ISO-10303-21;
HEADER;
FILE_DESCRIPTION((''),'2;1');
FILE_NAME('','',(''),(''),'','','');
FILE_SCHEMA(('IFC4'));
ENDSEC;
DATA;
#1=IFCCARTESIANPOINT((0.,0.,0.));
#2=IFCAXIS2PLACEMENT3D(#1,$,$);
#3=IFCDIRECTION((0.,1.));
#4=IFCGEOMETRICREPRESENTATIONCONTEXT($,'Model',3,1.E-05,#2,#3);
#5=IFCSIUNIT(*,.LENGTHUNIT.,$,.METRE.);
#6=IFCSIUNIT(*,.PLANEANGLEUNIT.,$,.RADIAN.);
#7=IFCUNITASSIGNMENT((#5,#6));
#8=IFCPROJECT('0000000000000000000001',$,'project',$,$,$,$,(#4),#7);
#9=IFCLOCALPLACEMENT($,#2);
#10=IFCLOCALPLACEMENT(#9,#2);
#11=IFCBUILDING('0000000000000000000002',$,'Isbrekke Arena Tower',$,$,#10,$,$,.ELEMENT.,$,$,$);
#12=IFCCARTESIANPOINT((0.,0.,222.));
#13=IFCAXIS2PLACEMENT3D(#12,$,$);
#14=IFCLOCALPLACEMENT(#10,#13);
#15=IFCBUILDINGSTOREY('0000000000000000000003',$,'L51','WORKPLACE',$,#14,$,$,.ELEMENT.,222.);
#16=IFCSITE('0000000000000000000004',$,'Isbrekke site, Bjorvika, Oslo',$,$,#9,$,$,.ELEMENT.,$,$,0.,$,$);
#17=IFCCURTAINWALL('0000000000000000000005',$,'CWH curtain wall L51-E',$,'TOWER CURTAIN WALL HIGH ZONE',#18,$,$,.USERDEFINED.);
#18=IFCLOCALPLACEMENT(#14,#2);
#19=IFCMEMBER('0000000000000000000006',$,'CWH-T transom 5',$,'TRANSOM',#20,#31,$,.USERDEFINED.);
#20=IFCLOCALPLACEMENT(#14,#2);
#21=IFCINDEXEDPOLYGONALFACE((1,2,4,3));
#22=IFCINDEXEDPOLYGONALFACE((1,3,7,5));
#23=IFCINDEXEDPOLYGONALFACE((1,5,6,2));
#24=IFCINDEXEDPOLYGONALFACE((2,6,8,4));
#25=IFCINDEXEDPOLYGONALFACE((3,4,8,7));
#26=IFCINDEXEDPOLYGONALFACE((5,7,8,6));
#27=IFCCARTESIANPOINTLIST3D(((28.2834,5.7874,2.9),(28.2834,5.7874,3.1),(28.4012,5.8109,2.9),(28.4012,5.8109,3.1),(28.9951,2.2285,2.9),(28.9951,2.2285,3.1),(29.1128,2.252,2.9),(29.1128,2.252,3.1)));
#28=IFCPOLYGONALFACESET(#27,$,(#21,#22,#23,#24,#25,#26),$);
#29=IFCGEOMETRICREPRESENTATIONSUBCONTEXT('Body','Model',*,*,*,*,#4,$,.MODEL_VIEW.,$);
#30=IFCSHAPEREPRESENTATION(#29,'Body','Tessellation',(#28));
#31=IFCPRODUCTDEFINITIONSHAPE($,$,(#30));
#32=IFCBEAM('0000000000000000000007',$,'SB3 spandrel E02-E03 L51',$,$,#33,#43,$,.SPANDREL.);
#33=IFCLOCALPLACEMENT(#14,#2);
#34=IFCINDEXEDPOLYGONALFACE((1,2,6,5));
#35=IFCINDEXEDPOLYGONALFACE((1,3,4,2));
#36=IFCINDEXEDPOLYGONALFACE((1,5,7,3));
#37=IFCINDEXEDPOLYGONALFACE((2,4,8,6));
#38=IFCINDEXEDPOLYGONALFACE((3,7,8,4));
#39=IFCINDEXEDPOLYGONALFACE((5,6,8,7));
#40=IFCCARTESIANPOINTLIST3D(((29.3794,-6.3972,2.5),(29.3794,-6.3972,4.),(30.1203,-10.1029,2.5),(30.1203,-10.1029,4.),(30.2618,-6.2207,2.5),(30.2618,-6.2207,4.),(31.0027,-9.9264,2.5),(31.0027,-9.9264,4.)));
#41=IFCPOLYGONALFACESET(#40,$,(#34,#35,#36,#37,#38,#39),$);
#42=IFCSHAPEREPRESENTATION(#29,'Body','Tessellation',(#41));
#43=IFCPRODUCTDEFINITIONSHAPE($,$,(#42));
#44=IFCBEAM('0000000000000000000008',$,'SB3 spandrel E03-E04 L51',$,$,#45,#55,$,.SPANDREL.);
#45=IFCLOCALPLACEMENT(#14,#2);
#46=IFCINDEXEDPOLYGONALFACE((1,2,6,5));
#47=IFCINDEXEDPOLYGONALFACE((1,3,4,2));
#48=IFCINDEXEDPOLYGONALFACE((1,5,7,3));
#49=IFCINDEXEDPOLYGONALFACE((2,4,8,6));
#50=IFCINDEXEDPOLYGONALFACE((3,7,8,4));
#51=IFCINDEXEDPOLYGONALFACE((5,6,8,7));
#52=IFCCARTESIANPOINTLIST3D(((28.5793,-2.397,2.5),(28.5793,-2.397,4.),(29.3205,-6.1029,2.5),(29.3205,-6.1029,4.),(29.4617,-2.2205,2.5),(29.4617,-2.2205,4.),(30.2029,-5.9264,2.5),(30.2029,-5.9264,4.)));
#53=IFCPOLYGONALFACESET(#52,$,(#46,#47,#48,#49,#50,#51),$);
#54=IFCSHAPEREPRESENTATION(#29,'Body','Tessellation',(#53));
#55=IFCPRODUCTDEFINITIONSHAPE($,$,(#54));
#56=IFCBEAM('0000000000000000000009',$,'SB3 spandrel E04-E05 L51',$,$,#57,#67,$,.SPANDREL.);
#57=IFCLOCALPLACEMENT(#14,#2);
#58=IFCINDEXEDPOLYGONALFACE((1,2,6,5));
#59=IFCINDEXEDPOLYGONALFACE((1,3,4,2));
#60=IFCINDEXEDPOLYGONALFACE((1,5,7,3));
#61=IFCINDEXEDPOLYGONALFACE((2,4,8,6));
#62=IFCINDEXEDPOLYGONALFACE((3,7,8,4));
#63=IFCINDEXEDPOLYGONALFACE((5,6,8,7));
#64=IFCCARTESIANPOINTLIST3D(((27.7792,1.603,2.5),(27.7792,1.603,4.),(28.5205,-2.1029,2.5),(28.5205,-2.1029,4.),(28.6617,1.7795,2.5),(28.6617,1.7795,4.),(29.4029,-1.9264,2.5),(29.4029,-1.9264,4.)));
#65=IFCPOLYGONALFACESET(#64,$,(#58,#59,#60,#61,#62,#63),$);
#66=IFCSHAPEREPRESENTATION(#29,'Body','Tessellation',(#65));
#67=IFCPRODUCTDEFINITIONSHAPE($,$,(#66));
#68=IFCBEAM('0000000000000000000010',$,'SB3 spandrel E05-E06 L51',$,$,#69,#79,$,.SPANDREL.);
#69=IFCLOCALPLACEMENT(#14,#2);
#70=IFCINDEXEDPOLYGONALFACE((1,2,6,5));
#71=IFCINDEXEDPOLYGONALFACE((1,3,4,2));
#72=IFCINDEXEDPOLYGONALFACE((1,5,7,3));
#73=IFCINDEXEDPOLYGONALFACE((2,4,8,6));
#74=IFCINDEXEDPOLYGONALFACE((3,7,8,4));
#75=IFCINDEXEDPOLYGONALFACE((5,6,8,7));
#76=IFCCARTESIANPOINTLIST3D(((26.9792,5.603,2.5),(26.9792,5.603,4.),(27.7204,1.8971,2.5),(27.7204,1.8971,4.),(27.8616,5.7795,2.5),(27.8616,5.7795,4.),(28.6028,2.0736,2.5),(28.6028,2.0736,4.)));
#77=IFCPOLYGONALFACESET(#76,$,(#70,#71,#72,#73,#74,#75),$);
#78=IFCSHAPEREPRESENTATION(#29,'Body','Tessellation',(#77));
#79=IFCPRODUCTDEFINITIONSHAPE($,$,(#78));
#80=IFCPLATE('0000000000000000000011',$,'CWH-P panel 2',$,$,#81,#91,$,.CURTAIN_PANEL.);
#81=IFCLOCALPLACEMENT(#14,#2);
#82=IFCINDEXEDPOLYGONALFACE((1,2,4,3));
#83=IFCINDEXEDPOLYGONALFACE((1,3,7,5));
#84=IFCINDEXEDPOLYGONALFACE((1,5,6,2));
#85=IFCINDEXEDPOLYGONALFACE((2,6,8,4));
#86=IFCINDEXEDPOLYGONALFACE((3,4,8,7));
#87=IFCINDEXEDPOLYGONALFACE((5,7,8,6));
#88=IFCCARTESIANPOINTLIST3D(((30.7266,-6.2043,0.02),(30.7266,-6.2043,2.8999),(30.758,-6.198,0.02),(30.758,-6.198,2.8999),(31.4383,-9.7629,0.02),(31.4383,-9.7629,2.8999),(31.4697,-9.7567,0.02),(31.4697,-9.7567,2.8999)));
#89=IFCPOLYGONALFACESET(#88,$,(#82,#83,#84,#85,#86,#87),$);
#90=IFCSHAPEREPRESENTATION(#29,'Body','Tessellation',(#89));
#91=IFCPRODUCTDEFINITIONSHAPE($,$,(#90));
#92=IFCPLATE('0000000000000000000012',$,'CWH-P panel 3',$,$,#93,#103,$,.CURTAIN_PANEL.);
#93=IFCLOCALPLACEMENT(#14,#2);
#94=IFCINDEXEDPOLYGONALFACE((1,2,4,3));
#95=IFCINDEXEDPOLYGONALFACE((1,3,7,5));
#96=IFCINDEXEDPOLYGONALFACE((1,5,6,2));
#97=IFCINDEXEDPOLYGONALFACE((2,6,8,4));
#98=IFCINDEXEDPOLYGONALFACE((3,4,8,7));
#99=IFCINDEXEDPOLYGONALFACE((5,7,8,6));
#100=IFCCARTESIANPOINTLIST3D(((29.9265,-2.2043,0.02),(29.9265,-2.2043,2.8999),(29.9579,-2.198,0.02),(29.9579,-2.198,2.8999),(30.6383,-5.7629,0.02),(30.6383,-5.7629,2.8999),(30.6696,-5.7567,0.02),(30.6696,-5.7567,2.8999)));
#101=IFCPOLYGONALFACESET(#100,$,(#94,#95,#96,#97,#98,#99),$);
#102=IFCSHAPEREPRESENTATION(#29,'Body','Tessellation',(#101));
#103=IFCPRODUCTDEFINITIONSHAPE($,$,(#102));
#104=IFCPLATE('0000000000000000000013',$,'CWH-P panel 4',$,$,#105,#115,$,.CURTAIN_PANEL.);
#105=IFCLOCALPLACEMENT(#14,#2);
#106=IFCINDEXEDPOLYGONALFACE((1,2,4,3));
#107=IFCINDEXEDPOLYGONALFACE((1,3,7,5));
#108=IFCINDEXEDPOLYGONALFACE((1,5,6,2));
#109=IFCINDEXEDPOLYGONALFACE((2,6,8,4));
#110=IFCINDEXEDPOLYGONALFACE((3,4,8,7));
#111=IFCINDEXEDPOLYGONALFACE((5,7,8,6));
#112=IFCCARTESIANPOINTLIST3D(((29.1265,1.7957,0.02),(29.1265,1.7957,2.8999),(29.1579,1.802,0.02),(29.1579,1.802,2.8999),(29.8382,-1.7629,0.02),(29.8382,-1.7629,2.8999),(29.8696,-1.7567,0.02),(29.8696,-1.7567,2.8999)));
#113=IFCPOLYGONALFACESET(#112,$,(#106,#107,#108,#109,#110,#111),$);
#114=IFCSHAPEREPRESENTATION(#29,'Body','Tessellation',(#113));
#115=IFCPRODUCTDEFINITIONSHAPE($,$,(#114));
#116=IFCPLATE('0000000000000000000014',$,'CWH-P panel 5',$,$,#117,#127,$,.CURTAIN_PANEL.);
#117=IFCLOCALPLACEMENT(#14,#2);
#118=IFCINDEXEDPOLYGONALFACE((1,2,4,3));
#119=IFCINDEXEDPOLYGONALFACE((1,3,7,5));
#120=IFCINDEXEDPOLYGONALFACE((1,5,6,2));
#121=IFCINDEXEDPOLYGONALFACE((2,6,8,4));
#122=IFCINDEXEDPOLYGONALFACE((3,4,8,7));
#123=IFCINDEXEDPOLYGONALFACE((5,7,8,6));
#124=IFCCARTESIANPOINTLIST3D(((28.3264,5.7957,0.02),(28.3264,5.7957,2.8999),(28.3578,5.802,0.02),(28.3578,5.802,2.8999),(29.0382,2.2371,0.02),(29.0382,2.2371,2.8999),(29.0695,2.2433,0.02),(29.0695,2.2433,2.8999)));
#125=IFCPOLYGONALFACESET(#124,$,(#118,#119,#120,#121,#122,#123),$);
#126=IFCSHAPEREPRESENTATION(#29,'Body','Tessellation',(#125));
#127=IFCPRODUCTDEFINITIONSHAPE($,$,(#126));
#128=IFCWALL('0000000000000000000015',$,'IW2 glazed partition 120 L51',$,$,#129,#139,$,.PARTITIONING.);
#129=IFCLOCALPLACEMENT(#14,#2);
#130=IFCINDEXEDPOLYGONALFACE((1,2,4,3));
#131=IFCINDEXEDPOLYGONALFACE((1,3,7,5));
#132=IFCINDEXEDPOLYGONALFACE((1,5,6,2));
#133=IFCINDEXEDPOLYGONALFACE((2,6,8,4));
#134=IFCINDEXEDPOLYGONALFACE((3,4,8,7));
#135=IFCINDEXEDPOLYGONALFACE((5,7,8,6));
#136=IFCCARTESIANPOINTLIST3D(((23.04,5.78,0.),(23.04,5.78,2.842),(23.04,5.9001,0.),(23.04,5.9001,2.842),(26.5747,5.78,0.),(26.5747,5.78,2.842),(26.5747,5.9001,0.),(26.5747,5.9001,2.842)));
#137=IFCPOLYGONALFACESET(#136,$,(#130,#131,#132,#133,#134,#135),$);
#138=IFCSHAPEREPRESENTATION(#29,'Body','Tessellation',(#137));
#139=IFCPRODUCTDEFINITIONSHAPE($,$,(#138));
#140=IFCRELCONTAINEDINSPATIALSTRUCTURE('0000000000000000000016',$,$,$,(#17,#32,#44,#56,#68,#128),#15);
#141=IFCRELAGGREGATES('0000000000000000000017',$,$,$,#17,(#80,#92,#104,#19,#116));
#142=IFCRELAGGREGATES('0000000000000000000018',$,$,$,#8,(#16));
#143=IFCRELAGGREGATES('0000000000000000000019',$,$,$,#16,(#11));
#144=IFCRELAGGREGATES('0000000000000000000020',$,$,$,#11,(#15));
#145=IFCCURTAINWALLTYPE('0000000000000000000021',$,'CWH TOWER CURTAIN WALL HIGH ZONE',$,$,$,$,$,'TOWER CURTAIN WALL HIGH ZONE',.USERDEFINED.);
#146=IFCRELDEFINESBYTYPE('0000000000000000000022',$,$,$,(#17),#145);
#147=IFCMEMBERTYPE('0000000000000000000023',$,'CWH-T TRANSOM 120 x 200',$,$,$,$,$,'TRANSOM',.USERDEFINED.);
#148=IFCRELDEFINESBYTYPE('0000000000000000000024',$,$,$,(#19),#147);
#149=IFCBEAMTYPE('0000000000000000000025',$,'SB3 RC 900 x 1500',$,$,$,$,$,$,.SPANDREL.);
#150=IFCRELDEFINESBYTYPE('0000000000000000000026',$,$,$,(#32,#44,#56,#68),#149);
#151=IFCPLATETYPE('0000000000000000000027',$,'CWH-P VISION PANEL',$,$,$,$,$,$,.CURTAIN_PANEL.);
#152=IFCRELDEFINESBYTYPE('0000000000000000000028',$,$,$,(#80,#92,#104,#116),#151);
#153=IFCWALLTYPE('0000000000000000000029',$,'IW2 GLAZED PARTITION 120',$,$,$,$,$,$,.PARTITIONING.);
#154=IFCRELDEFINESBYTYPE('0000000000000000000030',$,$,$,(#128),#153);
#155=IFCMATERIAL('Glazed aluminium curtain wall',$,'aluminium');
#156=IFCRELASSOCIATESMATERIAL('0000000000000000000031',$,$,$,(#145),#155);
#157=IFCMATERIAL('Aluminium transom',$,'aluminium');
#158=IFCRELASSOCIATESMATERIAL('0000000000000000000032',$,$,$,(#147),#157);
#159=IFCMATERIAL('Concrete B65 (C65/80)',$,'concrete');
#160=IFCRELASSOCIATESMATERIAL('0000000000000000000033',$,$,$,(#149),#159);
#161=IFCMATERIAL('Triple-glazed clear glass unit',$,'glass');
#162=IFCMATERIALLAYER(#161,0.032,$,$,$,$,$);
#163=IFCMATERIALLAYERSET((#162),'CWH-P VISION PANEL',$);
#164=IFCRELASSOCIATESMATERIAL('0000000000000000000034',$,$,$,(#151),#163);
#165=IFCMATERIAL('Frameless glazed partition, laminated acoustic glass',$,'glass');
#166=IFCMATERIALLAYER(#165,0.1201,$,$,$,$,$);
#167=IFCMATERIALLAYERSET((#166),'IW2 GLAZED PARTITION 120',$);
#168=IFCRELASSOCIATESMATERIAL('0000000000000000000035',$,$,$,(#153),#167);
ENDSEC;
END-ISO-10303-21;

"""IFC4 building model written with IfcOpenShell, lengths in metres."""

from ifc_helpers import new_model, si_unit, direction, frame, frame_2d, origin, origin_2d, place, context, subcontext, project, spatial, rectangle, extrude, material, layer, layer_set, material_profile, profile_set, type_object, element, aggregate, save


model = new_model("IFC4")

# Units and contexts
model_context = context("Model", 3, precision=1e-05, world=origin(), true_north=direction((0.0, 1.0)))
body_context = subcontext(model_context, "Body", "Model", "MODEL_VIEW")
ifc_project = project(units=[si_unit("LENGTHUNIT", "METRE"), si_unit("PLANEANGLEUNIT", "RADIAN")], contexts=[model_context])

# Site, building, storey
site_placement = place(None, origin())
site = spatial("IfcSite", under=ifc_project, at=site_placement, Name="Isbrekke site, Bjorvika, Oslo", CompositionType="ELEMENT", RefElevation=0.0)
building_placement = place(site_placement, origin())
building = spatial("IfcBuilding", under=site, at=building_placement, Name="Isbrekke Arena Tower", CompositionType="ELEMENT")
storey_placement = place(building_placement, frame((0.0, 0.0, 222.0)))
storey = spatial("IfcBuildingStorey", under=building, at=storey_placement, Name="L51", Description="WORKPLACE", CompositionType="ELEMENT", Elevation=222.0)

# Curtain wall, member
ifc_material_1 = material(Name="Glazed aluminium curtain wall", Category="aluminium")
curtain_wall_type = type_object("IfcCurtainWallType", Name="CWH TOWER CURTAIN WALL HIGH ZONE", ElementType="TOWER CURTAIN WALL HIGH ZONE", PredefinedType="USERDEFINED", material=ifc_material_1)
curtain_wall_placement = place(storey_placement, origin())
curtain_wall = element("IfcCurtainWall", 1, at=curtain_wall_placement, inside=storey, type_object=curtain_wall_type, Name="CWH curtain wall L51-E", ObjectType="TOWER CURTAIN WALL HIGH ZONE", PredefinedType="USERDEFINED")
ifc_material_2 = material(Name="Aluminium transom", Category="aluminium")
ifc_material_profile_1 = material_profile(ifc_material_2, rectangle(XDim=0.1201, YDim=0.2, at=origin_2d()), Name="TRANSOM 120X200")
ifc_profile_set_1 = profile_set([ifc_material_profile_1], Name="Aluminium transom")
member_type_1 = type_object("IfcMemberType", Name="CWH-T TRANSOM 120 x 200", ElementType="TRANSOM", PredefinedType="USERDEFINED", material=ifc_profile_set_1)
member_1_placement = place(storey_placement, frame((29.054, 2.2402, 3.0), z_axis=(-0.19609, 0.980586, 0.0), x_axis=(-0.980586, -0.19609, 0.0)))
member_1 = element("IfcMember", 2, at=member_1_placement, type_object=member_type_1, Name="CWH-T transom 5", ObjectType="TRANSOM", PredefinedType="USERDEFINED", context=body_context, shape_type="SweptSolid", body=[
    extrude(rectangle(XDim=0.1201, YDim=0.2, at=origin_2d()), origin(), (0.0, 0.0, 1.0), 3.6294),
])

# Beams
ifc_material_3 = material(Name="Concrete B65 (C65/80)", Category="concrete")
ifc_material_profile_2 = material_profile(ifc_material_3, rectangle(XDim=0.8999, YDim=1.5, at=origin_2d()), Name="RC 900x1500")
ifc_profile_set_2 = profile_set([ifc_material_profile_2], Name="Concrete B65 (C65/80)")
beam_type_1 = type_object("IfcBeamType", Name="SB3 RC 900 x 1500", PredefinedType="SPANDREL", material=ifc_profile_set_2)
beam_1_placement = place(storey_placement, frame((30.5615, -10.0146, 3.25), z_axis=(-0.196066, 0.980591, 0.0), x_axis=(-0.980591, -0.196066, 0.0)))
element("IfcBeam", 3, at=beam_1_placement, inside=storey, type_object=beam_type_1, Name="SB3 spandrel E02-E03 L51", PredefinedType="SPANDREL", context=body_context, shape_type="SweptSolid", body=[
    extrude(rectangle(XDim=0.8999, YDim=1.5, at=origin_2d()), origin(), (0.0, 0.0, 1.0), 3.7791),
])
for number, where, z_axis, x_axis, name in (
    (4, (29.7617, -6.0146, 3.25), (-0.196129, 0.980578, 0.0), (-0.980578, -0.196129, 0.0), "SB3 spandrel E03-E04 L51"),
    (5, (28.9617, -2.0146, 3.25), (-0.196129, 0.980578, 0.0), (-0.980578, -0.196129, 0.0), "SB3 spandrel E04-E05 L51"),
    (6, (28.1616, 1.9854, 3.25), (-0.196129, 0.980578, 0.0), (-0.980578, -0.196129, 0.0), "SB3 spandrel E05-E06 L51"),
):
    element("IfcBeam", number, at=place(storey_placement, frame(where, z_axis=z_axis, x_axis=x_axis)), inside=storey, type_object=beam_type_1, Name=name, PredefinedType="SPANDREL", context=body_context, shape_type="SweptSolid", body=[
        extrude(rectangle(XDim=0.8999, YDim=1.5, at=origin_2d()), origin(), (0.0, 0.0, 1.0), 3.7793),
    ])

# Plates
ifc_material_4 = material(Name="Triple-glazed clear glass unit", Category="glass")
ifc_layer_1 = layer(ifc_material_4, 0.032)
ifc_layer_set_1 = layer_set([ifc_layer_1], Name="CWH-P VISION PANEL")
plate_type = type_object("IfcPlateType", Name="CWH-P VISION PANEL", PredefinedType="CURTAIN_PANEL", material=ifc_layer_set_1)
plate_1_placement = place(storey_placement, frame((31.0981, -7.9805, 0.02), z_axis=(0.0, 0.0, 1.0), x_axis=(-0.196116, 0.980581, 0.0)))
plate_1 = element("IfcPlate", 7, at=plate_1_placement, type_object=plate_type, Name="CWH-P panel 2", PredefinedType="CURTAIN_PANEL", context=body_context, shape_type="SweptSolid", body=[
    extrude(rectangle(XDim=3.6292, YDim=0.032, at=origin_2d()), origin(), (0.0, 0.0, 1.0), 2.8799),
])
plate_2_placement = place(storey_placement, frame((30.2981, -3.9805, 0.02), z_axis=(0.0, 0.0, 1.0), x_axis=(-0.196116, 0.980581, 0.0)))
plate_2 = element("IfcPlate", 8, at=plate_2_placement, type_object=plate_type, Name="CWH-P panel 3", PredefinedType="CURTAIN_PANEL", context=body_context, shape_type="SweptSolid", body=[
    extrude(rectangle(XDim=3.6292, YDim=0.032, at=origin_2d()), origin(), (0.0, 0.0, 1.0), 2.8799),
])
plate_3_placement = place(storey_placement, frame((29.498, 0.0195, 0.02), z_axis=(0.0, 0.0, 1.0), x_axis=(-0.196116, 0.980581, 0.0)))
plate_3 = element("IfcPlate", 9, at=plate_3_placement, type_object=plate_type, Name="CWH-P panel 4", PredefinedType="CURTAIN_PANEL", context=body_context, shape_type="SweptSolid", body=[
    extrude(rectangle(XDim=3.6292, YDim=0.032, at=origin_2d()), origin(), (0.0, 0.0, 1.0), 2.8799),
])
plate_4_placement = place(storey_placement, frame((28.698, 4.0195, 0.02), z_axis=(0.0, 0.0, 1.0), x_axis=(-0.196116, 0.980581, 0.0)))
plate_4 = element("IfcPlate", 10, at=plate_4_placement, type_object=plate_type, Name="CWH-P panel 5", PredefinedType="CURTAIN_PANEL", context=body_context, shape_type="SweptSolid", body=[
    extrude(rectangle(XDim=3.6292, YDim=0.032, at=origin_2d()), origin(), (0.0, 0.0, 1.0), 2.8799),
])
aggregate(curtain_wall, [plate_1, plate_2, plate_3, member_1, plate_4])

# Wall
ifc_material_5 = material(Name="Frameless glazed partition, laminated acoustic glass", Category="glass")
ifc_layer_2 = layer(ifc_material_5, 0.1201)
ifc_layer_set_2 = layer_set([ifc_layer_2], Name="IW2 GLAZED PARTITION 120")
wall_type = type_object("IfcWallType", Name="IW2 GLAZED PARTITION 120", PredefinedType="PARTITIONING", material=ifc_layer_set_2)
wall_1_placement = place(storey_placement, frame((23.04, 5.8401, 0.0), z_axis=(0.0, 0.0, 1.0), x_axis=(1.0, 0.0, 0.0)))
element("IfcWall", 11, at=wall_1_placement, inside=storey, type_object=wall_type, Name="IW2 glazed partition 120 L51", PredefinedType="PARTITIONING", context=body_context, shape_type="SweptSolid", body=[
    extrude(rectangle(XDim=3.5347, YDim=0.1201, at=frame_2d((1.7673, 0.0))), origin(), (0.0, 0.0, 1.0), 2.842),
])

save(model, "model.ifc")
